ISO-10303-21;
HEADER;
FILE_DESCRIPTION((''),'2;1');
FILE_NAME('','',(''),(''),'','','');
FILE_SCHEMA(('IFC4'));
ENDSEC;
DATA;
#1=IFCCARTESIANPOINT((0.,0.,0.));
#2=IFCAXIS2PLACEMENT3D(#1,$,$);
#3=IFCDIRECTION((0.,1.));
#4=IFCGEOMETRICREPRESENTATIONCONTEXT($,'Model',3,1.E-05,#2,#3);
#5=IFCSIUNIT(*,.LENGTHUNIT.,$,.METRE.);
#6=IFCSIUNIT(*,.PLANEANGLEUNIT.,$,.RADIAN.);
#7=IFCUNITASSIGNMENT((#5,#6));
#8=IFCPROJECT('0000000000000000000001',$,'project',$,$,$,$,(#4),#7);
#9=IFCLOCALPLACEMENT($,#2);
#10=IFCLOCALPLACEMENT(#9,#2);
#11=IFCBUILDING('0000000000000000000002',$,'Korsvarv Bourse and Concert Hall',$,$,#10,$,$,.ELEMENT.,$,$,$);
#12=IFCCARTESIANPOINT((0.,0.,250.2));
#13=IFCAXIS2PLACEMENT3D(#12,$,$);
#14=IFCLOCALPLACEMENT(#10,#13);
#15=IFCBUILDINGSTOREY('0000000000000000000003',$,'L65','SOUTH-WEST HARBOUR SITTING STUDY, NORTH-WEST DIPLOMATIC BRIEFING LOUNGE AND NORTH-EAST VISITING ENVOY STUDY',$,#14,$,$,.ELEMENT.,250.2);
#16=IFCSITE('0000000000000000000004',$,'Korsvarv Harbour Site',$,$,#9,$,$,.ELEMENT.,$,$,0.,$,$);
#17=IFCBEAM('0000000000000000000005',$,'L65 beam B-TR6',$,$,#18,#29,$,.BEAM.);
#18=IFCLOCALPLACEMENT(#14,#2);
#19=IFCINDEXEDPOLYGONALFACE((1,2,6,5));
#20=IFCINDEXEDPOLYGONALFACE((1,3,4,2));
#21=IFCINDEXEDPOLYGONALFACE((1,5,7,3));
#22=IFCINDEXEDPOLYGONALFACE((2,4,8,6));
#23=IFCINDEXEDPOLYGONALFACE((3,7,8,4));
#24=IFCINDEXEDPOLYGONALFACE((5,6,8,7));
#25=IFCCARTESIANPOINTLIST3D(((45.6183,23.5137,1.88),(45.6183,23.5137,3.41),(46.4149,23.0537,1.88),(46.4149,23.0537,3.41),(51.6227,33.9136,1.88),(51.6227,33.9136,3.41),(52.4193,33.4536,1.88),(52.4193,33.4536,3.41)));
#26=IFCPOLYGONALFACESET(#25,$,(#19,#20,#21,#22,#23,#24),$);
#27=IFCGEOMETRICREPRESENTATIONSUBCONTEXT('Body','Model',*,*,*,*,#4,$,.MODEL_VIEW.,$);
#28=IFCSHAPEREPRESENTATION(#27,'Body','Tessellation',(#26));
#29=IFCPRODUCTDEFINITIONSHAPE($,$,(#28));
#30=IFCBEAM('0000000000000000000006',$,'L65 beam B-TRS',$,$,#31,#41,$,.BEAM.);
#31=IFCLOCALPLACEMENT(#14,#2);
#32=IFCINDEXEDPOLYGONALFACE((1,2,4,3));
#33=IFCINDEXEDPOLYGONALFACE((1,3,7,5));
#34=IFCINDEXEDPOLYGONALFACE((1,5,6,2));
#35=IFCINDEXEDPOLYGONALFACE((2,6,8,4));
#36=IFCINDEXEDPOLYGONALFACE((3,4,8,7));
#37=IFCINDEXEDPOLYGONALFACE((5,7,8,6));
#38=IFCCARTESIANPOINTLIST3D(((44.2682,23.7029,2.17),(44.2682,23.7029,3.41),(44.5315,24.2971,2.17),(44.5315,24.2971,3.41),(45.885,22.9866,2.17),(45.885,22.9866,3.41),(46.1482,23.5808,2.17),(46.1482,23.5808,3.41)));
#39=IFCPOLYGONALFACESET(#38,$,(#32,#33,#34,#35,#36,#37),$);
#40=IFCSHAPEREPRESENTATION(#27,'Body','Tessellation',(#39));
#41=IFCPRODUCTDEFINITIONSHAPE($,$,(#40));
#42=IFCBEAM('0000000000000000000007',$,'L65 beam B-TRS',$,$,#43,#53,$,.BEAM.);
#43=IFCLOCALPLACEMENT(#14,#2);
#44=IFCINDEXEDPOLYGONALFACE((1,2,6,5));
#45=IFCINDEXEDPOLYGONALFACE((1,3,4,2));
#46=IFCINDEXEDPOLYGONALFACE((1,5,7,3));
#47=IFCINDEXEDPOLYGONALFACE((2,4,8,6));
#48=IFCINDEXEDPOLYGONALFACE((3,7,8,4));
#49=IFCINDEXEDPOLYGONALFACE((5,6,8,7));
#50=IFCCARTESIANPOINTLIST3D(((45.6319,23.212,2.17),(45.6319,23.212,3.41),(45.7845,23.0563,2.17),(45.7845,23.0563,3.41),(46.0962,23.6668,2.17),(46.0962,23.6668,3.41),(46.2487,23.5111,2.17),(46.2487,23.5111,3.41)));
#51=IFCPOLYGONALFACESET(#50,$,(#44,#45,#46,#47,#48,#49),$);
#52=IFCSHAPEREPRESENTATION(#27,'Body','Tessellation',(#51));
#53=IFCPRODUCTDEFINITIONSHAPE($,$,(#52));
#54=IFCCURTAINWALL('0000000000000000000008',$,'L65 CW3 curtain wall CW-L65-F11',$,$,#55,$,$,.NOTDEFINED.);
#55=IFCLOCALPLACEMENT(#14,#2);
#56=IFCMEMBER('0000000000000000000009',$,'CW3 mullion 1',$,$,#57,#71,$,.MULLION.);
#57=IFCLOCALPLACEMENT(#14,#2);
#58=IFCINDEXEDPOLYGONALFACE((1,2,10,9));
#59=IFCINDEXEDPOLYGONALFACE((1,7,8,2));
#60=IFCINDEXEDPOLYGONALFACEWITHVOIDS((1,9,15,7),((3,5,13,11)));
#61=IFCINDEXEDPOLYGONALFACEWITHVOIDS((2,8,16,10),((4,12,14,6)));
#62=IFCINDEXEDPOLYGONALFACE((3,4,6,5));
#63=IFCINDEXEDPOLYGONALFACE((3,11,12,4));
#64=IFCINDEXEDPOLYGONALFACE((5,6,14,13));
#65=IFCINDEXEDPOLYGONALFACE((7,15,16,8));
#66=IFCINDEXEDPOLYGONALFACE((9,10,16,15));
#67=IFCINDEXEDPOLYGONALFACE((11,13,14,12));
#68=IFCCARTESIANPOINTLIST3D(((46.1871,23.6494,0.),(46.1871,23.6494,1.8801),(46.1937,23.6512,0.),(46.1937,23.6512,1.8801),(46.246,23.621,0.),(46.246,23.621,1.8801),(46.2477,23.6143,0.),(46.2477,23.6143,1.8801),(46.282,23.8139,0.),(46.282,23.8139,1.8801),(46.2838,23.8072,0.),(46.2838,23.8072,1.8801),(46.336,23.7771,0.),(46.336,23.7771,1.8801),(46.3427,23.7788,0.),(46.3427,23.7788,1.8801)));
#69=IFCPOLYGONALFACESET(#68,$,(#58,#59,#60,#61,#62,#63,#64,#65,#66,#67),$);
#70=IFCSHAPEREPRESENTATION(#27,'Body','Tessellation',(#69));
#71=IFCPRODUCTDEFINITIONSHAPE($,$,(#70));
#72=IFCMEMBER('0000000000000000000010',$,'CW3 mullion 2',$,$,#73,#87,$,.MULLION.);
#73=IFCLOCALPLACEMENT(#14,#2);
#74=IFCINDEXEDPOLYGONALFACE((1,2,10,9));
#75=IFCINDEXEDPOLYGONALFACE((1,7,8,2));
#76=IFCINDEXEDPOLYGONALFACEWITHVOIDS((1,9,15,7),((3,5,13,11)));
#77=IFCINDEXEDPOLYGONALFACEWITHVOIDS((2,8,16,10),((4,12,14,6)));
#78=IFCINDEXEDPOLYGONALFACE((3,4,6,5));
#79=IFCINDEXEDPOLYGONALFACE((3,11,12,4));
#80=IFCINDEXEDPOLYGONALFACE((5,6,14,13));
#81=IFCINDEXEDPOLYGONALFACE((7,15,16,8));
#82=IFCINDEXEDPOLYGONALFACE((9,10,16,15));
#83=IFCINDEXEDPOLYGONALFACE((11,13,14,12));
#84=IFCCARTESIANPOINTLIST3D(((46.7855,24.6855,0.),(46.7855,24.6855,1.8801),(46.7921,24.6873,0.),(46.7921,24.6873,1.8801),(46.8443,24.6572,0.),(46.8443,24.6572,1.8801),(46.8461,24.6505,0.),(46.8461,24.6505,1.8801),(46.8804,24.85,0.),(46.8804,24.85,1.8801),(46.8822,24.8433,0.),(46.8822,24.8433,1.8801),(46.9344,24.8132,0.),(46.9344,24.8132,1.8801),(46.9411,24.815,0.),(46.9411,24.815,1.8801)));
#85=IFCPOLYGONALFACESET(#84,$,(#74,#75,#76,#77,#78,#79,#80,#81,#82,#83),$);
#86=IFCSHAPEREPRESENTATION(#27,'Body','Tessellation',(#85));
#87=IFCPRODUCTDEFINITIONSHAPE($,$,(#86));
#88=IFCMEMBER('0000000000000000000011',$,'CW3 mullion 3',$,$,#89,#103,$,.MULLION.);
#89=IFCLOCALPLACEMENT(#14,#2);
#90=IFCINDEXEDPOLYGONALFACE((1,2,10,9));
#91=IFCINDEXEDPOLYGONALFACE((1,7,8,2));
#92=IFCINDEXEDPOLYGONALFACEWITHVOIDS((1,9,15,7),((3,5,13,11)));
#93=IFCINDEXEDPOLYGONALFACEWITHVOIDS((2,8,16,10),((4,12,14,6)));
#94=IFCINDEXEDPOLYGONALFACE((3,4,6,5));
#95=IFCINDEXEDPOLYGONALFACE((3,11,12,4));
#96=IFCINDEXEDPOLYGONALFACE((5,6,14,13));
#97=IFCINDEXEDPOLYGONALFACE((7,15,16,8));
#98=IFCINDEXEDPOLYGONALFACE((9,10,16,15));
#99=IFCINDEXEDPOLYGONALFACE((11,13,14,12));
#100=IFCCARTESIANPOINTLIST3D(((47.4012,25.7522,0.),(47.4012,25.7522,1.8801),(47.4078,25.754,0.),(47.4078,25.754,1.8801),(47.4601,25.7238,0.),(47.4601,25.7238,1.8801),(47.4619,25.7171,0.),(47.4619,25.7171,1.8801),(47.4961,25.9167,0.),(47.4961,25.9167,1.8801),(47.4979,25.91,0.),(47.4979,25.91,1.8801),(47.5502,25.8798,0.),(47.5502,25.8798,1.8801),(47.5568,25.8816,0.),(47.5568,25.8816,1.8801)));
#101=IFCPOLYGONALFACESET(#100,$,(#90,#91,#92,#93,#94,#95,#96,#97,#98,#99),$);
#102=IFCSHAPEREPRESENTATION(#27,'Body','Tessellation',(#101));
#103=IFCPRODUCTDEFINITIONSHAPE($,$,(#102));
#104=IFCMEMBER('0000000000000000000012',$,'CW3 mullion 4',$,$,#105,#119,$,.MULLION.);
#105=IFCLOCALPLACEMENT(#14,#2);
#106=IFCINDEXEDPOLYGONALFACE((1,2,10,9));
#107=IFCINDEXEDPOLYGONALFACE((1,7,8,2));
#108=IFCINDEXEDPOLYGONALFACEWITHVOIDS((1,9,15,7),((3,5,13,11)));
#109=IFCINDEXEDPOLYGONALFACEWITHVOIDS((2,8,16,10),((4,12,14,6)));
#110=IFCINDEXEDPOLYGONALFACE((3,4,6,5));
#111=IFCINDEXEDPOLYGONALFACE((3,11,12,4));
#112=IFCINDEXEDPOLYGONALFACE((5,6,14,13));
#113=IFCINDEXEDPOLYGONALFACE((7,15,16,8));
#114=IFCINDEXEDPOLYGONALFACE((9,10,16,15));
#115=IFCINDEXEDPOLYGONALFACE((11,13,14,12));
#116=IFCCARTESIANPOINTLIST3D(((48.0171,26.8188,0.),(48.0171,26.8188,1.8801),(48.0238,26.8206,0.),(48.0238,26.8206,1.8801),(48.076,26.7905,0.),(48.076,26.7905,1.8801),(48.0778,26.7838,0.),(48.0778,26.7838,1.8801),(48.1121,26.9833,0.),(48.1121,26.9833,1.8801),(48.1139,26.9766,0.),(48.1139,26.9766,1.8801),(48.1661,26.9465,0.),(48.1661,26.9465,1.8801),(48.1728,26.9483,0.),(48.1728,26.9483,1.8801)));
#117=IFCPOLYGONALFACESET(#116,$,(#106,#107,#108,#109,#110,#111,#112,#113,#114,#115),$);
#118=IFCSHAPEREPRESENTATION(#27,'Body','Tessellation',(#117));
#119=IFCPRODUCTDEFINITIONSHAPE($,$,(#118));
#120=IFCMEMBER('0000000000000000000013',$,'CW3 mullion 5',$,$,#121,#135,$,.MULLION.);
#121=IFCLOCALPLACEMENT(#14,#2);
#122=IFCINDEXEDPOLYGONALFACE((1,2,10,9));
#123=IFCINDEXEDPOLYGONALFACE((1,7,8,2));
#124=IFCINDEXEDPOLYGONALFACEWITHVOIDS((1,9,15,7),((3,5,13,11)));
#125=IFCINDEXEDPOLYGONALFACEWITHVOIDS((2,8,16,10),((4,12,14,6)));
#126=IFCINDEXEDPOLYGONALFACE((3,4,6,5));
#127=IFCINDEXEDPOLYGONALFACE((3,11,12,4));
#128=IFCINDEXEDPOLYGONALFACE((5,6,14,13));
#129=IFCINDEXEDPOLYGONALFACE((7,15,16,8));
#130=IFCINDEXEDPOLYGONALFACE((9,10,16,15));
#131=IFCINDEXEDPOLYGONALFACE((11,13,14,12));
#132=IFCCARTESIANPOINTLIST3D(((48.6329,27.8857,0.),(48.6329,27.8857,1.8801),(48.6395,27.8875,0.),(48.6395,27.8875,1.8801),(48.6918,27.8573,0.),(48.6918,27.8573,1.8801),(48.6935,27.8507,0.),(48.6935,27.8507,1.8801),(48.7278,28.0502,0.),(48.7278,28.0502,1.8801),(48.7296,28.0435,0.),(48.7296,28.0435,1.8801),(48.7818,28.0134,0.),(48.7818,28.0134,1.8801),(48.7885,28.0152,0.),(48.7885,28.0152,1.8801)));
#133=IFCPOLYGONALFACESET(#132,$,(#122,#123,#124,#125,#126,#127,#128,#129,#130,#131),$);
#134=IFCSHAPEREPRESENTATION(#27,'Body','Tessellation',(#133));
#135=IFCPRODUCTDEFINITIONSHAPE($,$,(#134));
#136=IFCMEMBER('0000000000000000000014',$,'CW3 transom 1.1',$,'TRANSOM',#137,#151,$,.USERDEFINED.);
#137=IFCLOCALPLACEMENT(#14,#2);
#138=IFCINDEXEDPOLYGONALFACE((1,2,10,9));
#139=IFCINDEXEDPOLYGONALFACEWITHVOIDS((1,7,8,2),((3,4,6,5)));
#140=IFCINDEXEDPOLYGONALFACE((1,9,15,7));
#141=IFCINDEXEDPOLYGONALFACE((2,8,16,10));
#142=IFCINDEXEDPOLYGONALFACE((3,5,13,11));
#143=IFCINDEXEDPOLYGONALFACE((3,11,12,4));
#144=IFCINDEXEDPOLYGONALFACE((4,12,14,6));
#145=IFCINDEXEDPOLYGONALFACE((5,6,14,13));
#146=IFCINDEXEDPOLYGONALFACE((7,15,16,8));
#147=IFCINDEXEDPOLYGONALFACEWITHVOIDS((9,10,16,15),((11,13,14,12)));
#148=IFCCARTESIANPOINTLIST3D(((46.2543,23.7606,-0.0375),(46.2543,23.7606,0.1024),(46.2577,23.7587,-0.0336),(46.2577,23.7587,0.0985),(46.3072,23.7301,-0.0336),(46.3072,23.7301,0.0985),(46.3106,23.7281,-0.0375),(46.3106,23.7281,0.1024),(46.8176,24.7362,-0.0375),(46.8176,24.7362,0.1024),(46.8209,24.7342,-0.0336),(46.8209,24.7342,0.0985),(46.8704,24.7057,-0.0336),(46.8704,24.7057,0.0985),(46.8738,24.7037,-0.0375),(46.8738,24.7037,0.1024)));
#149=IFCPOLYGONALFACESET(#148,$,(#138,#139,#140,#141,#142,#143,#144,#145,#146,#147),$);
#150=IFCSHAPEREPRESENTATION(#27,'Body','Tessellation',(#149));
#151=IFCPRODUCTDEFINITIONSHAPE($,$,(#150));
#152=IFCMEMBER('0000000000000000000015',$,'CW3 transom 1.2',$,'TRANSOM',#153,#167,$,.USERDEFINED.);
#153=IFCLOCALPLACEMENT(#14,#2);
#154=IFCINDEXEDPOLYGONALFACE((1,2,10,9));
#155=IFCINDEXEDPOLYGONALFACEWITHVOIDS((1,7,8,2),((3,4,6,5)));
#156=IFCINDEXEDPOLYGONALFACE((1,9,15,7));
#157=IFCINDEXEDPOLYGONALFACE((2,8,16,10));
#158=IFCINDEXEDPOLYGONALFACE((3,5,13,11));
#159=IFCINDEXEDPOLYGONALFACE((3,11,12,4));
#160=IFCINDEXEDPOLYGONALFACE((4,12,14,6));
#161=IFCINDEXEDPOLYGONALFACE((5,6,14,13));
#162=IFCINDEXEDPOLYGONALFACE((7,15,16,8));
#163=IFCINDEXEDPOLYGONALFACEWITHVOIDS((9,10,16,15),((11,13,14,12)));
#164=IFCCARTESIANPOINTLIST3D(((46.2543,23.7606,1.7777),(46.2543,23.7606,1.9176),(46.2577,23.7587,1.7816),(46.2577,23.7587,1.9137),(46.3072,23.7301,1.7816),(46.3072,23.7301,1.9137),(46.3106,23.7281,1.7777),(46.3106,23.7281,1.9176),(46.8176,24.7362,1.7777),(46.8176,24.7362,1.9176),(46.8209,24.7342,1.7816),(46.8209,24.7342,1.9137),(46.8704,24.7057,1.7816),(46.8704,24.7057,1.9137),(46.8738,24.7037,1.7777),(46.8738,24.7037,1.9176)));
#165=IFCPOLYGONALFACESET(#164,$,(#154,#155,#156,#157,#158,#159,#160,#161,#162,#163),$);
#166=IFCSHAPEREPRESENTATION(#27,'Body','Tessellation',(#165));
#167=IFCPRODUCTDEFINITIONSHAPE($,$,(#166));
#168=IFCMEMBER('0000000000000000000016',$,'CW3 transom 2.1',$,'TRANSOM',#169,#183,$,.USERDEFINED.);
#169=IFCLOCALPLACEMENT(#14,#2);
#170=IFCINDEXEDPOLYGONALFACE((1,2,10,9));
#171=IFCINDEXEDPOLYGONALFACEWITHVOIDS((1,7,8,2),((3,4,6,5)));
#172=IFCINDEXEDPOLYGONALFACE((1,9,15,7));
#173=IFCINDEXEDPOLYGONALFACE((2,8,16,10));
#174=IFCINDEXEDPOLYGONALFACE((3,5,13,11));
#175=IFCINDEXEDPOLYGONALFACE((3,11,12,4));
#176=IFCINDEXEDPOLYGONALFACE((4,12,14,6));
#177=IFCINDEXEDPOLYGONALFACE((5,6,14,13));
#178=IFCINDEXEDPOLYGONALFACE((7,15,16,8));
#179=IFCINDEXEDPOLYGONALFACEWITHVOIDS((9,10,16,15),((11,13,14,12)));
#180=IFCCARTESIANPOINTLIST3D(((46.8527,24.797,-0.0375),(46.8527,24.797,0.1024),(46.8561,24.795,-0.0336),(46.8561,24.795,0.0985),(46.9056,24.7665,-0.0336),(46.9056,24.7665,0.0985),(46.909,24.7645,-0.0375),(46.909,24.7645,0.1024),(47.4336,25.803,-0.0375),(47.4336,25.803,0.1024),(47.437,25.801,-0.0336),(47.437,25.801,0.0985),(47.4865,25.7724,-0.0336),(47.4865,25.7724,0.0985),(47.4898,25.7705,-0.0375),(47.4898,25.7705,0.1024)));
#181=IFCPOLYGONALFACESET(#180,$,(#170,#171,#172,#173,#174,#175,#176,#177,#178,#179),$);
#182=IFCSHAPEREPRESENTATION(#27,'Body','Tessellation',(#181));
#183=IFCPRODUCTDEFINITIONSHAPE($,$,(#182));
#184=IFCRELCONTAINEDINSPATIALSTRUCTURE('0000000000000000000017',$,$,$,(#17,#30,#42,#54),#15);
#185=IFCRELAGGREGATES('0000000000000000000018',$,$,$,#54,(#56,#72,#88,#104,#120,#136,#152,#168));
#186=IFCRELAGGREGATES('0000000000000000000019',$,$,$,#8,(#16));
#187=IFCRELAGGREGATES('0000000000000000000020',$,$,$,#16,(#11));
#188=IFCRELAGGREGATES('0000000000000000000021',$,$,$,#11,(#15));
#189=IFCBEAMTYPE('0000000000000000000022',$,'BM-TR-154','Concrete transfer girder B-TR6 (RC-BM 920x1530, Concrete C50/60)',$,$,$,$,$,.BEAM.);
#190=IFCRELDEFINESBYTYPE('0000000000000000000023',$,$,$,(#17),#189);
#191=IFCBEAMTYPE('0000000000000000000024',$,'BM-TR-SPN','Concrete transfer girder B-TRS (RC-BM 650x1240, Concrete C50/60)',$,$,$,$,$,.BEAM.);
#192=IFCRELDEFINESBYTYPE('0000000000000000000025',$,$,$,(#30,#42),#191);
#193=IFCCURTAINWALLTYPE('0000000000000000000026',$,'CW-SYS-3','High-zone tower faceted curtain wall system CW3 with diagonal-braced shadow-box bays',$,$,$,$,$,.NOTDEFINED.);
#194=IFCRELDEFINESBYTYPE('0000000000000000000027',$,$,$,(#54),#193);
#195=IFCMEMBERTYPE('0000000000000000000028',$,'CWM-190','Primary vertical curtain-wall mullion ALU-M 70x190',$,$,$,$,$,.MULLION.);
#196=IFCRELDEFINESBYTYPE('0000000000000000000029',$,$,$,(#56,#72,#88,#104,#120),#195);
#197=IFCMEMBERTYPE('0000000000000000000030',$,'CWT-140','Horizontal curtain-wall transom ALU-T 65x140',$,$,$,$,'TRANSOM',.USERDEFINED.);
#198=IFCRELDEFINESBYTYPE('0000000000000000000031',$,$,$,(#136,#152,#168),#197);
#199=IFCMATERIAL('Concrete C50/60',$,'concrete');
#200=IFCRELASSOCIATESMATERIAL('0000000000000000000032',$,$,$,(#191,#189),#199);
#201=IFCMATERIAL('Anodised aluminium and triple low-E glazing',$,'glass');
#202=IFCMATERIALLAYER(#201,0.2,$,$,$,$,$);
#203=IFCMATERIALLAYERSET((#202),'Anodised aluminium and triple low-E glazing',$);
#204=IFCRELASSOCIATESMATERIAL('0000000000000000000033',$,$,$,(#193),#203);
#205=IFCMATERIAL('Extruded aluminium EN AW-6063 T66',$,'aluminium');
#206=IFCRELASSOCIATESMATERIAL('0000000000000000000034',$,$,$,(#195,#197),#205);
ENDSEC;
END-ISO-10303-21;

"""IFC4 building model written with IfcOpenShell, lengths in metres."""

from ifc_helpers import new_model, si_unit, direction, frame, origin, origin_2d, place, context, subcontext, project, spatial, rectangle, hollow_rectangle, extrude, source, transform, mapped, material, layer, layer_set, material_profile, profile_set, type_object, element, aggregate, save


model = new_model("IFC4")

# Units and contexts
model_context = context("Model", 3, precision=1e-05, world=origin(), true_north=direction((0.0, 1.0)))
body_context = subcontext(model_context, "Body", "Model", "MODEL_VIEW")
ifc_project = project(units=[si_unit("LENGTHUNIT", "METRE"), si_unit("PLANEANGLEUNIT", "RADIAN")], contexts=[model_context])

# Site, building, storey
site_placement = place(None, origin())
site = spatial("IfcSite", under=ifc_project, at=site_placement, Name="Korsvarv Harbour Site", CompositionType="ELEMENT", RefElevation=0.0)
building_placement = place(site_placement, origin())
building = spatial("IfcBuilding", under=site, at=building_placement, Name="Korsvarv Bourse and Concert Hall", CompositionType="ELEMENT")
storey_placement = place(building_placement, frame((0.0, 0.0, 250.2)))
storey = spatial("IfcBuildingStorey", under=building, at=storey_placement, Name="L65", Description="SOUTH-WEST HARBOUR SITTING STUDY, NORTH-WEST DIPLOMATIC BRIEFING LOUNGE AND NORTH-EAST VISITING ENVOY STUDY", CompositionType="ELEMENT", Elevation=250.2)

# Shared definitions
ifc_material_1 = material(Name="Concrete C50/60", Category="concrete")

# Beams
ifc_material_profile_1 = material_profile(ifc_material_1, rectangle(XDim=0.6499, YDim=1.24, at=origin_2d()), Name="RC-BM 650x1240")
ifc_profile_set_1 = profile_set([ifc_material_profile_1], Name="Concrete C50/60")
beam_type_1 = type_object("IfcBeamType", Name="BM-TR-SPN", Description="Concrete transfer girder B-TRS (RC-BM 650x1240, Concrete C50/60)", PredefinedType="BEAM", material=ifc_profile_set_1)
ifc_material_profile_2 = material_profile(ifc_material_1, rectangle(XDim=0.9199, YDim=1.53, at=origin_2d()), Name="RC-BM 920x1530")
ifc_profile_set_2 = profile_set([ifc_material_profile_2], Name="Concrete C50/60")
beam_type_2 = type_object("IfcBeamType", Name="BM-TR-154", Description="Concrete transfer girder B-TR6 (RC-BM 920x1530, Concrete C50/60)", PredefinedType="BEAM", material=ifc_profile_set_2)
shared_shape_1 = source(origin(), body_context, "Body", "SweptSolid", [
    extrude(rectangle(XDim=0.9199, YDim=1.53, at=origin_2d()), origin(), (0.0, 0.0, 1.0), 12.0088),
])
beam_1_placement = place(storey_placement, frame((46.0166, 23.2837, 2.645), z_axis=(0.500001, 0.866025, 0.0), x_axis=(-0.866025, 0.500001, 0.0)))
element("IfcBeam", 1, at=beam_1_placement, inside=storey, type_object=beam_type_2, Name="L65 beam B-TR6", PredefinedType="BEAM", context=body_context, shape_type="MappedRepresentation", body=[
    mapped(shared_shape_1, transform((0.0, 0.0, 0.0), scale=1.0)),
])
shared_shape_2 = source(origin(), body_context, "Body", "SweptSolid", [
    extrude(rectangle(XDim=0.6499, YDim=1.24, at=origin_2d()), origin(), (0.0, 0.0, 1.0), 1.7683),
])
beam_2_placement = place(storey_placement, frame((46.0166, 23.2837, 2.79), z_axis=(-0.914278, 0.405088, 0.0), x_axis=(-0.405088, -0.914278, 0.0)))
element("IfcBeam", 2, at=beam_2_placement, inside=storey, type_object=beam_type_1, Name="L65 beam B-TRS", PredefinedType="BEAM", context=body_context, shape_type="MappedRepresentation", body=[
    mapped(shared_shape_2, transform((0.0, 0.0, 0.0), scale=1.0)),
])
shared_shape_3 = source(origin(), body_context, "Body", "SweptSolid", [
    extrude(rectangle(XDim=0.6499, YDim=1.24, at=origin_2d()), origin(), (0.0, 0.0, 1.0), 0.218),
])
beam_3_placement = place(storey_placement, frame((46.0166, 23.2837, 2.79), z_axis=(-0.699791, 0.714347, 0.0), x_axis=(-0.714347, -0.699791, 0.0)))
element("IfcBeam", 3, at=beam_3_placement, inside=storey, type_object=beam_type_1, Name="L65 beam B-TRS", PredefinedType="BEAM", context=body_context, shape_type="MappedRepresentation", body=[
    mapped(shared_shape_3, transform((0.0, 0.0, 0.0), scale=1.0)),
])

# Curtain wall, members
ifc_material_2 = material(Name="Anodised aluminium and triple low-E glazing", Category="glass")
ifc_layer_1 = layer(ifc_material_2, 0.2)
ifc_layer_set_1 = layer_set([ifc_layer_1], Name="Anodised aluminium and triple low-E glazing")
curtain_wall_type = type_object("IfcCurtainWallType", Name="CW-SYS-3", Description="High-zone tower faceted curtain wall system CW3 with diagonal-braced shadow-box bays", PredefinedType="NOTDEFINED", material=ifc_layer_set_1)
curtain_wall_placement = place(storey_placement, origin())
curtain_wall = element("IfcCurtainWall", 4, at=curtain_wall_placement, inside=storey, type_object=curtain_wall_type, Name="L65 CW3 curtain wall CW-L65-F11", PredefinedType="NOTDEFINED")
ifc_material_3 = material(Name="Extruded aluminium EN AW-6063 T66", Category="aluminium")
ifc_material_profile_3 = material_profile(ifc_material_3, hollow_rectangle(XDim=0.0701, YDim=0.1899, WallThickness=0.0049, at=origin_2d()), Name="ALU-M 70x190")
ifc_profile_set_3 = profile_set([ifc_material_profile_3], Name="Extruded aluminium EN AW-6063 T66")
member_type_1 = type_object("IfcMemberType", Name="CWM-190", Description="Primary vertical curtain-wall mullion ALU-M 70x190", PredefinedType="MULLION", material=ifc_profile_set_3)
shared_shape_4 = source(origin(), body_context, "Body", "SweptSolid", [
    extrude(hollow_rectangle(XDim=0.0701, YDim=0.1899, WallThickness=0.0049, at=origin_2d()), origin(), (0.0, 0.0, 1.0), 1.8801),
])
member_1_placement = place(storey_placement, frame((46.2649, 23.7141, 0.0), z_axis=(0.0, 0.0, 1.0), x_axis=(-0.866022, 0.500006, 0.0)))
member_1 = element("IfcMember", 5, at=member_1_placement, type_object=member_type_1, Name="CW3 mullion 1", PredefinedType="MULLION", context=body_context, shape_type="MappedRepresentation", body=[
    mapped(shared_shape_4, transform((0.0, 0.0, 0.0), scale=1.0)),
])
member_2_placement = place(storey_placement, frame((46.8633, 24.7502, 0.0), z_axis=(0.0, 0.0, 1.0), x_axis=(-0.866022, 0.500006, 0.0)))
member_2 = element("IfcMember", 6, at=member_2_placement, type_object=member_type_1, Name="CW3 mullion 2", PredefinedType="MULLION", context=body_context, shape_type="MappedRepresentation", body=[
    mapped(shared_shape_4, transform((0.0, 0.0, 0.0), scale=1.0)),
])
member_3_placement = place(storey_placement, frame((47.479, 25.8169, 0.0), z_axis=(0.0, 0.0, 1.0), x_axis=(-0.866022, 0.500006, 0.0)))
member_3 = element("IfcMember", 7, at=member_3_placement, type_object=member_type_1, Name="CW3 mullion 3", PredefinedType="MULLION", context=body_context, shape_type="MappedRepresentation", body=[
    mapped(shared_shape_4, transform((0.0, 0.0, 0.0), scale=1.0)),
])
member_4_placement = place(storey_placement, frame((48.095, 26.8835, 0.0), z_axis=(0.0, 0.0, 1.0), x_axis=(-0.866022, 0.500006, 0.0)))
member_4 = element("IfcMember", 8, at=member_4_placement, type_object=member_type_1, Name="CW3 mullion 4", PredefinedType="MULLION", context=body_context, shape_type="MappedRepresentation", body=[
    mapped(shared_shape_4, transform((0.0, 0.0, 0.0), scale=1.0)),
])
member_5_placement = place(storey_placement, frame((48.7107, 27.9504, 0.0), z_axis=(0.0, 0.0, 1.0), x_axis=(-0.866022, 0.500006, 0.0)))
member_5 = element("IfcMember", 9, at=member_5_placement, type_object=member_type_1, Name="CW3 mullion 5", PredefinedType="MULLION", context=body_context, shape_type="MappedRepresentation", body=[
    mapped(shared_shape_4, transform((0.0, 0.0, 0.0), scale=1.0)),
])
ifc_material_profile_4 = material_profile(ifc_material_3, hollow_rectangle(XDim=0.0649, YDim=0.1399, WallThickness=0.0039, at=origin_2d()), Name="ALU-T 65x140")
ifc_profile_set_4 = profile_set([ifc_material_profile_4], Name="Extruded aluminium EN AW-6063 T66")
member_type_2 = type_object("IfcMemberType", Name="CWT-140", Description="Horizontal curtain-wall transom ALU-T 65x140", ElementType="TRANSOM", PredefinedType="USERDEFINED", material=ifc_profile_set_4)
shared_shape_5 = source(origin(), body_context, "Body", "SweptSolid", [
    extrude(hollow_rectangle(XDim=0.0649, YDim=0.1399, WallThickness=0.0039, at=origin_2d()), origin(), (0.0, 0.0, 1.0), 1.1265),
])
member_6_placement = place(storey_placement, frame((46.2825, 23.7444, 0.0325), z_axis=(0.499985, 0.866034, 0.0), x_axis=(-0.866034, 0.499985, 0.0)))
member_6 = element("IfcMember", 10, at=member_6_placement, type_object=member_type_2, Name="CW3 transom 1.1", ObjectType="TRANSOM", PredefinedType="USERDEFINED", context=body_context, shape_type="MappedRepresentation", body=[
    mapped(shared_shape_5, transform((0.0, 0.0, 0.0), scale=1.0)),
])
member_7_placement = place(storey_placement, frame((46.2825, 23.7444, 1.8477), z_axis=(0.499985, 0.866034, 0.0), x_axis=(-0.866034, 0.499985, 0.0)))
member_7 = element("IfcMember", 11, at=member_7_placement, type_object=member_type_2, Name="CW3 transom 1.2", ObjectType="TRANSOM", PredefinedType="USERDEFINED", context=body_context, shape_type="MappedRepresentation", body=[
    mapped(shared_shape_5, transform((0.0, 0.0, 0.0), scale=1.0)),
])
shared_shape_6 = source(origin(), body_context, "Body", "SweptSolid", [
    extrude(hollow_rectangle(XDim=0.0649, YDim=0.1399, WallThickness=0.0039, at=origin_2d()), origin(), (0.0, 0.0, 1.0), 1.1616),
])
member_8_placement = place(storey_placement, frame((46.8809, 24.7808, 0.0325), z_axis=(0.50005, 0.865997, 0.0), x_axis=(-0.865997, 0.50005, 0.0)))
member_8 = element("IfcMember", 12, at=member_8_placement, type_object=member_type_2, Name="CW3 transom 2.1", ObjectType="TRANSOM", PredefinedType="USERDEFINED", context=body_context, shape_type="MappedRepresentation", body=[
    mapped(shared_shape_6, transform((0.0, 0.0, 0.0), scale=1.0)),
])
aggregate(curtain_wall, [member_1, member_2, member_3, member_4, member_5, member_6, member_7, member_8])

save(model, "model.ifc")
